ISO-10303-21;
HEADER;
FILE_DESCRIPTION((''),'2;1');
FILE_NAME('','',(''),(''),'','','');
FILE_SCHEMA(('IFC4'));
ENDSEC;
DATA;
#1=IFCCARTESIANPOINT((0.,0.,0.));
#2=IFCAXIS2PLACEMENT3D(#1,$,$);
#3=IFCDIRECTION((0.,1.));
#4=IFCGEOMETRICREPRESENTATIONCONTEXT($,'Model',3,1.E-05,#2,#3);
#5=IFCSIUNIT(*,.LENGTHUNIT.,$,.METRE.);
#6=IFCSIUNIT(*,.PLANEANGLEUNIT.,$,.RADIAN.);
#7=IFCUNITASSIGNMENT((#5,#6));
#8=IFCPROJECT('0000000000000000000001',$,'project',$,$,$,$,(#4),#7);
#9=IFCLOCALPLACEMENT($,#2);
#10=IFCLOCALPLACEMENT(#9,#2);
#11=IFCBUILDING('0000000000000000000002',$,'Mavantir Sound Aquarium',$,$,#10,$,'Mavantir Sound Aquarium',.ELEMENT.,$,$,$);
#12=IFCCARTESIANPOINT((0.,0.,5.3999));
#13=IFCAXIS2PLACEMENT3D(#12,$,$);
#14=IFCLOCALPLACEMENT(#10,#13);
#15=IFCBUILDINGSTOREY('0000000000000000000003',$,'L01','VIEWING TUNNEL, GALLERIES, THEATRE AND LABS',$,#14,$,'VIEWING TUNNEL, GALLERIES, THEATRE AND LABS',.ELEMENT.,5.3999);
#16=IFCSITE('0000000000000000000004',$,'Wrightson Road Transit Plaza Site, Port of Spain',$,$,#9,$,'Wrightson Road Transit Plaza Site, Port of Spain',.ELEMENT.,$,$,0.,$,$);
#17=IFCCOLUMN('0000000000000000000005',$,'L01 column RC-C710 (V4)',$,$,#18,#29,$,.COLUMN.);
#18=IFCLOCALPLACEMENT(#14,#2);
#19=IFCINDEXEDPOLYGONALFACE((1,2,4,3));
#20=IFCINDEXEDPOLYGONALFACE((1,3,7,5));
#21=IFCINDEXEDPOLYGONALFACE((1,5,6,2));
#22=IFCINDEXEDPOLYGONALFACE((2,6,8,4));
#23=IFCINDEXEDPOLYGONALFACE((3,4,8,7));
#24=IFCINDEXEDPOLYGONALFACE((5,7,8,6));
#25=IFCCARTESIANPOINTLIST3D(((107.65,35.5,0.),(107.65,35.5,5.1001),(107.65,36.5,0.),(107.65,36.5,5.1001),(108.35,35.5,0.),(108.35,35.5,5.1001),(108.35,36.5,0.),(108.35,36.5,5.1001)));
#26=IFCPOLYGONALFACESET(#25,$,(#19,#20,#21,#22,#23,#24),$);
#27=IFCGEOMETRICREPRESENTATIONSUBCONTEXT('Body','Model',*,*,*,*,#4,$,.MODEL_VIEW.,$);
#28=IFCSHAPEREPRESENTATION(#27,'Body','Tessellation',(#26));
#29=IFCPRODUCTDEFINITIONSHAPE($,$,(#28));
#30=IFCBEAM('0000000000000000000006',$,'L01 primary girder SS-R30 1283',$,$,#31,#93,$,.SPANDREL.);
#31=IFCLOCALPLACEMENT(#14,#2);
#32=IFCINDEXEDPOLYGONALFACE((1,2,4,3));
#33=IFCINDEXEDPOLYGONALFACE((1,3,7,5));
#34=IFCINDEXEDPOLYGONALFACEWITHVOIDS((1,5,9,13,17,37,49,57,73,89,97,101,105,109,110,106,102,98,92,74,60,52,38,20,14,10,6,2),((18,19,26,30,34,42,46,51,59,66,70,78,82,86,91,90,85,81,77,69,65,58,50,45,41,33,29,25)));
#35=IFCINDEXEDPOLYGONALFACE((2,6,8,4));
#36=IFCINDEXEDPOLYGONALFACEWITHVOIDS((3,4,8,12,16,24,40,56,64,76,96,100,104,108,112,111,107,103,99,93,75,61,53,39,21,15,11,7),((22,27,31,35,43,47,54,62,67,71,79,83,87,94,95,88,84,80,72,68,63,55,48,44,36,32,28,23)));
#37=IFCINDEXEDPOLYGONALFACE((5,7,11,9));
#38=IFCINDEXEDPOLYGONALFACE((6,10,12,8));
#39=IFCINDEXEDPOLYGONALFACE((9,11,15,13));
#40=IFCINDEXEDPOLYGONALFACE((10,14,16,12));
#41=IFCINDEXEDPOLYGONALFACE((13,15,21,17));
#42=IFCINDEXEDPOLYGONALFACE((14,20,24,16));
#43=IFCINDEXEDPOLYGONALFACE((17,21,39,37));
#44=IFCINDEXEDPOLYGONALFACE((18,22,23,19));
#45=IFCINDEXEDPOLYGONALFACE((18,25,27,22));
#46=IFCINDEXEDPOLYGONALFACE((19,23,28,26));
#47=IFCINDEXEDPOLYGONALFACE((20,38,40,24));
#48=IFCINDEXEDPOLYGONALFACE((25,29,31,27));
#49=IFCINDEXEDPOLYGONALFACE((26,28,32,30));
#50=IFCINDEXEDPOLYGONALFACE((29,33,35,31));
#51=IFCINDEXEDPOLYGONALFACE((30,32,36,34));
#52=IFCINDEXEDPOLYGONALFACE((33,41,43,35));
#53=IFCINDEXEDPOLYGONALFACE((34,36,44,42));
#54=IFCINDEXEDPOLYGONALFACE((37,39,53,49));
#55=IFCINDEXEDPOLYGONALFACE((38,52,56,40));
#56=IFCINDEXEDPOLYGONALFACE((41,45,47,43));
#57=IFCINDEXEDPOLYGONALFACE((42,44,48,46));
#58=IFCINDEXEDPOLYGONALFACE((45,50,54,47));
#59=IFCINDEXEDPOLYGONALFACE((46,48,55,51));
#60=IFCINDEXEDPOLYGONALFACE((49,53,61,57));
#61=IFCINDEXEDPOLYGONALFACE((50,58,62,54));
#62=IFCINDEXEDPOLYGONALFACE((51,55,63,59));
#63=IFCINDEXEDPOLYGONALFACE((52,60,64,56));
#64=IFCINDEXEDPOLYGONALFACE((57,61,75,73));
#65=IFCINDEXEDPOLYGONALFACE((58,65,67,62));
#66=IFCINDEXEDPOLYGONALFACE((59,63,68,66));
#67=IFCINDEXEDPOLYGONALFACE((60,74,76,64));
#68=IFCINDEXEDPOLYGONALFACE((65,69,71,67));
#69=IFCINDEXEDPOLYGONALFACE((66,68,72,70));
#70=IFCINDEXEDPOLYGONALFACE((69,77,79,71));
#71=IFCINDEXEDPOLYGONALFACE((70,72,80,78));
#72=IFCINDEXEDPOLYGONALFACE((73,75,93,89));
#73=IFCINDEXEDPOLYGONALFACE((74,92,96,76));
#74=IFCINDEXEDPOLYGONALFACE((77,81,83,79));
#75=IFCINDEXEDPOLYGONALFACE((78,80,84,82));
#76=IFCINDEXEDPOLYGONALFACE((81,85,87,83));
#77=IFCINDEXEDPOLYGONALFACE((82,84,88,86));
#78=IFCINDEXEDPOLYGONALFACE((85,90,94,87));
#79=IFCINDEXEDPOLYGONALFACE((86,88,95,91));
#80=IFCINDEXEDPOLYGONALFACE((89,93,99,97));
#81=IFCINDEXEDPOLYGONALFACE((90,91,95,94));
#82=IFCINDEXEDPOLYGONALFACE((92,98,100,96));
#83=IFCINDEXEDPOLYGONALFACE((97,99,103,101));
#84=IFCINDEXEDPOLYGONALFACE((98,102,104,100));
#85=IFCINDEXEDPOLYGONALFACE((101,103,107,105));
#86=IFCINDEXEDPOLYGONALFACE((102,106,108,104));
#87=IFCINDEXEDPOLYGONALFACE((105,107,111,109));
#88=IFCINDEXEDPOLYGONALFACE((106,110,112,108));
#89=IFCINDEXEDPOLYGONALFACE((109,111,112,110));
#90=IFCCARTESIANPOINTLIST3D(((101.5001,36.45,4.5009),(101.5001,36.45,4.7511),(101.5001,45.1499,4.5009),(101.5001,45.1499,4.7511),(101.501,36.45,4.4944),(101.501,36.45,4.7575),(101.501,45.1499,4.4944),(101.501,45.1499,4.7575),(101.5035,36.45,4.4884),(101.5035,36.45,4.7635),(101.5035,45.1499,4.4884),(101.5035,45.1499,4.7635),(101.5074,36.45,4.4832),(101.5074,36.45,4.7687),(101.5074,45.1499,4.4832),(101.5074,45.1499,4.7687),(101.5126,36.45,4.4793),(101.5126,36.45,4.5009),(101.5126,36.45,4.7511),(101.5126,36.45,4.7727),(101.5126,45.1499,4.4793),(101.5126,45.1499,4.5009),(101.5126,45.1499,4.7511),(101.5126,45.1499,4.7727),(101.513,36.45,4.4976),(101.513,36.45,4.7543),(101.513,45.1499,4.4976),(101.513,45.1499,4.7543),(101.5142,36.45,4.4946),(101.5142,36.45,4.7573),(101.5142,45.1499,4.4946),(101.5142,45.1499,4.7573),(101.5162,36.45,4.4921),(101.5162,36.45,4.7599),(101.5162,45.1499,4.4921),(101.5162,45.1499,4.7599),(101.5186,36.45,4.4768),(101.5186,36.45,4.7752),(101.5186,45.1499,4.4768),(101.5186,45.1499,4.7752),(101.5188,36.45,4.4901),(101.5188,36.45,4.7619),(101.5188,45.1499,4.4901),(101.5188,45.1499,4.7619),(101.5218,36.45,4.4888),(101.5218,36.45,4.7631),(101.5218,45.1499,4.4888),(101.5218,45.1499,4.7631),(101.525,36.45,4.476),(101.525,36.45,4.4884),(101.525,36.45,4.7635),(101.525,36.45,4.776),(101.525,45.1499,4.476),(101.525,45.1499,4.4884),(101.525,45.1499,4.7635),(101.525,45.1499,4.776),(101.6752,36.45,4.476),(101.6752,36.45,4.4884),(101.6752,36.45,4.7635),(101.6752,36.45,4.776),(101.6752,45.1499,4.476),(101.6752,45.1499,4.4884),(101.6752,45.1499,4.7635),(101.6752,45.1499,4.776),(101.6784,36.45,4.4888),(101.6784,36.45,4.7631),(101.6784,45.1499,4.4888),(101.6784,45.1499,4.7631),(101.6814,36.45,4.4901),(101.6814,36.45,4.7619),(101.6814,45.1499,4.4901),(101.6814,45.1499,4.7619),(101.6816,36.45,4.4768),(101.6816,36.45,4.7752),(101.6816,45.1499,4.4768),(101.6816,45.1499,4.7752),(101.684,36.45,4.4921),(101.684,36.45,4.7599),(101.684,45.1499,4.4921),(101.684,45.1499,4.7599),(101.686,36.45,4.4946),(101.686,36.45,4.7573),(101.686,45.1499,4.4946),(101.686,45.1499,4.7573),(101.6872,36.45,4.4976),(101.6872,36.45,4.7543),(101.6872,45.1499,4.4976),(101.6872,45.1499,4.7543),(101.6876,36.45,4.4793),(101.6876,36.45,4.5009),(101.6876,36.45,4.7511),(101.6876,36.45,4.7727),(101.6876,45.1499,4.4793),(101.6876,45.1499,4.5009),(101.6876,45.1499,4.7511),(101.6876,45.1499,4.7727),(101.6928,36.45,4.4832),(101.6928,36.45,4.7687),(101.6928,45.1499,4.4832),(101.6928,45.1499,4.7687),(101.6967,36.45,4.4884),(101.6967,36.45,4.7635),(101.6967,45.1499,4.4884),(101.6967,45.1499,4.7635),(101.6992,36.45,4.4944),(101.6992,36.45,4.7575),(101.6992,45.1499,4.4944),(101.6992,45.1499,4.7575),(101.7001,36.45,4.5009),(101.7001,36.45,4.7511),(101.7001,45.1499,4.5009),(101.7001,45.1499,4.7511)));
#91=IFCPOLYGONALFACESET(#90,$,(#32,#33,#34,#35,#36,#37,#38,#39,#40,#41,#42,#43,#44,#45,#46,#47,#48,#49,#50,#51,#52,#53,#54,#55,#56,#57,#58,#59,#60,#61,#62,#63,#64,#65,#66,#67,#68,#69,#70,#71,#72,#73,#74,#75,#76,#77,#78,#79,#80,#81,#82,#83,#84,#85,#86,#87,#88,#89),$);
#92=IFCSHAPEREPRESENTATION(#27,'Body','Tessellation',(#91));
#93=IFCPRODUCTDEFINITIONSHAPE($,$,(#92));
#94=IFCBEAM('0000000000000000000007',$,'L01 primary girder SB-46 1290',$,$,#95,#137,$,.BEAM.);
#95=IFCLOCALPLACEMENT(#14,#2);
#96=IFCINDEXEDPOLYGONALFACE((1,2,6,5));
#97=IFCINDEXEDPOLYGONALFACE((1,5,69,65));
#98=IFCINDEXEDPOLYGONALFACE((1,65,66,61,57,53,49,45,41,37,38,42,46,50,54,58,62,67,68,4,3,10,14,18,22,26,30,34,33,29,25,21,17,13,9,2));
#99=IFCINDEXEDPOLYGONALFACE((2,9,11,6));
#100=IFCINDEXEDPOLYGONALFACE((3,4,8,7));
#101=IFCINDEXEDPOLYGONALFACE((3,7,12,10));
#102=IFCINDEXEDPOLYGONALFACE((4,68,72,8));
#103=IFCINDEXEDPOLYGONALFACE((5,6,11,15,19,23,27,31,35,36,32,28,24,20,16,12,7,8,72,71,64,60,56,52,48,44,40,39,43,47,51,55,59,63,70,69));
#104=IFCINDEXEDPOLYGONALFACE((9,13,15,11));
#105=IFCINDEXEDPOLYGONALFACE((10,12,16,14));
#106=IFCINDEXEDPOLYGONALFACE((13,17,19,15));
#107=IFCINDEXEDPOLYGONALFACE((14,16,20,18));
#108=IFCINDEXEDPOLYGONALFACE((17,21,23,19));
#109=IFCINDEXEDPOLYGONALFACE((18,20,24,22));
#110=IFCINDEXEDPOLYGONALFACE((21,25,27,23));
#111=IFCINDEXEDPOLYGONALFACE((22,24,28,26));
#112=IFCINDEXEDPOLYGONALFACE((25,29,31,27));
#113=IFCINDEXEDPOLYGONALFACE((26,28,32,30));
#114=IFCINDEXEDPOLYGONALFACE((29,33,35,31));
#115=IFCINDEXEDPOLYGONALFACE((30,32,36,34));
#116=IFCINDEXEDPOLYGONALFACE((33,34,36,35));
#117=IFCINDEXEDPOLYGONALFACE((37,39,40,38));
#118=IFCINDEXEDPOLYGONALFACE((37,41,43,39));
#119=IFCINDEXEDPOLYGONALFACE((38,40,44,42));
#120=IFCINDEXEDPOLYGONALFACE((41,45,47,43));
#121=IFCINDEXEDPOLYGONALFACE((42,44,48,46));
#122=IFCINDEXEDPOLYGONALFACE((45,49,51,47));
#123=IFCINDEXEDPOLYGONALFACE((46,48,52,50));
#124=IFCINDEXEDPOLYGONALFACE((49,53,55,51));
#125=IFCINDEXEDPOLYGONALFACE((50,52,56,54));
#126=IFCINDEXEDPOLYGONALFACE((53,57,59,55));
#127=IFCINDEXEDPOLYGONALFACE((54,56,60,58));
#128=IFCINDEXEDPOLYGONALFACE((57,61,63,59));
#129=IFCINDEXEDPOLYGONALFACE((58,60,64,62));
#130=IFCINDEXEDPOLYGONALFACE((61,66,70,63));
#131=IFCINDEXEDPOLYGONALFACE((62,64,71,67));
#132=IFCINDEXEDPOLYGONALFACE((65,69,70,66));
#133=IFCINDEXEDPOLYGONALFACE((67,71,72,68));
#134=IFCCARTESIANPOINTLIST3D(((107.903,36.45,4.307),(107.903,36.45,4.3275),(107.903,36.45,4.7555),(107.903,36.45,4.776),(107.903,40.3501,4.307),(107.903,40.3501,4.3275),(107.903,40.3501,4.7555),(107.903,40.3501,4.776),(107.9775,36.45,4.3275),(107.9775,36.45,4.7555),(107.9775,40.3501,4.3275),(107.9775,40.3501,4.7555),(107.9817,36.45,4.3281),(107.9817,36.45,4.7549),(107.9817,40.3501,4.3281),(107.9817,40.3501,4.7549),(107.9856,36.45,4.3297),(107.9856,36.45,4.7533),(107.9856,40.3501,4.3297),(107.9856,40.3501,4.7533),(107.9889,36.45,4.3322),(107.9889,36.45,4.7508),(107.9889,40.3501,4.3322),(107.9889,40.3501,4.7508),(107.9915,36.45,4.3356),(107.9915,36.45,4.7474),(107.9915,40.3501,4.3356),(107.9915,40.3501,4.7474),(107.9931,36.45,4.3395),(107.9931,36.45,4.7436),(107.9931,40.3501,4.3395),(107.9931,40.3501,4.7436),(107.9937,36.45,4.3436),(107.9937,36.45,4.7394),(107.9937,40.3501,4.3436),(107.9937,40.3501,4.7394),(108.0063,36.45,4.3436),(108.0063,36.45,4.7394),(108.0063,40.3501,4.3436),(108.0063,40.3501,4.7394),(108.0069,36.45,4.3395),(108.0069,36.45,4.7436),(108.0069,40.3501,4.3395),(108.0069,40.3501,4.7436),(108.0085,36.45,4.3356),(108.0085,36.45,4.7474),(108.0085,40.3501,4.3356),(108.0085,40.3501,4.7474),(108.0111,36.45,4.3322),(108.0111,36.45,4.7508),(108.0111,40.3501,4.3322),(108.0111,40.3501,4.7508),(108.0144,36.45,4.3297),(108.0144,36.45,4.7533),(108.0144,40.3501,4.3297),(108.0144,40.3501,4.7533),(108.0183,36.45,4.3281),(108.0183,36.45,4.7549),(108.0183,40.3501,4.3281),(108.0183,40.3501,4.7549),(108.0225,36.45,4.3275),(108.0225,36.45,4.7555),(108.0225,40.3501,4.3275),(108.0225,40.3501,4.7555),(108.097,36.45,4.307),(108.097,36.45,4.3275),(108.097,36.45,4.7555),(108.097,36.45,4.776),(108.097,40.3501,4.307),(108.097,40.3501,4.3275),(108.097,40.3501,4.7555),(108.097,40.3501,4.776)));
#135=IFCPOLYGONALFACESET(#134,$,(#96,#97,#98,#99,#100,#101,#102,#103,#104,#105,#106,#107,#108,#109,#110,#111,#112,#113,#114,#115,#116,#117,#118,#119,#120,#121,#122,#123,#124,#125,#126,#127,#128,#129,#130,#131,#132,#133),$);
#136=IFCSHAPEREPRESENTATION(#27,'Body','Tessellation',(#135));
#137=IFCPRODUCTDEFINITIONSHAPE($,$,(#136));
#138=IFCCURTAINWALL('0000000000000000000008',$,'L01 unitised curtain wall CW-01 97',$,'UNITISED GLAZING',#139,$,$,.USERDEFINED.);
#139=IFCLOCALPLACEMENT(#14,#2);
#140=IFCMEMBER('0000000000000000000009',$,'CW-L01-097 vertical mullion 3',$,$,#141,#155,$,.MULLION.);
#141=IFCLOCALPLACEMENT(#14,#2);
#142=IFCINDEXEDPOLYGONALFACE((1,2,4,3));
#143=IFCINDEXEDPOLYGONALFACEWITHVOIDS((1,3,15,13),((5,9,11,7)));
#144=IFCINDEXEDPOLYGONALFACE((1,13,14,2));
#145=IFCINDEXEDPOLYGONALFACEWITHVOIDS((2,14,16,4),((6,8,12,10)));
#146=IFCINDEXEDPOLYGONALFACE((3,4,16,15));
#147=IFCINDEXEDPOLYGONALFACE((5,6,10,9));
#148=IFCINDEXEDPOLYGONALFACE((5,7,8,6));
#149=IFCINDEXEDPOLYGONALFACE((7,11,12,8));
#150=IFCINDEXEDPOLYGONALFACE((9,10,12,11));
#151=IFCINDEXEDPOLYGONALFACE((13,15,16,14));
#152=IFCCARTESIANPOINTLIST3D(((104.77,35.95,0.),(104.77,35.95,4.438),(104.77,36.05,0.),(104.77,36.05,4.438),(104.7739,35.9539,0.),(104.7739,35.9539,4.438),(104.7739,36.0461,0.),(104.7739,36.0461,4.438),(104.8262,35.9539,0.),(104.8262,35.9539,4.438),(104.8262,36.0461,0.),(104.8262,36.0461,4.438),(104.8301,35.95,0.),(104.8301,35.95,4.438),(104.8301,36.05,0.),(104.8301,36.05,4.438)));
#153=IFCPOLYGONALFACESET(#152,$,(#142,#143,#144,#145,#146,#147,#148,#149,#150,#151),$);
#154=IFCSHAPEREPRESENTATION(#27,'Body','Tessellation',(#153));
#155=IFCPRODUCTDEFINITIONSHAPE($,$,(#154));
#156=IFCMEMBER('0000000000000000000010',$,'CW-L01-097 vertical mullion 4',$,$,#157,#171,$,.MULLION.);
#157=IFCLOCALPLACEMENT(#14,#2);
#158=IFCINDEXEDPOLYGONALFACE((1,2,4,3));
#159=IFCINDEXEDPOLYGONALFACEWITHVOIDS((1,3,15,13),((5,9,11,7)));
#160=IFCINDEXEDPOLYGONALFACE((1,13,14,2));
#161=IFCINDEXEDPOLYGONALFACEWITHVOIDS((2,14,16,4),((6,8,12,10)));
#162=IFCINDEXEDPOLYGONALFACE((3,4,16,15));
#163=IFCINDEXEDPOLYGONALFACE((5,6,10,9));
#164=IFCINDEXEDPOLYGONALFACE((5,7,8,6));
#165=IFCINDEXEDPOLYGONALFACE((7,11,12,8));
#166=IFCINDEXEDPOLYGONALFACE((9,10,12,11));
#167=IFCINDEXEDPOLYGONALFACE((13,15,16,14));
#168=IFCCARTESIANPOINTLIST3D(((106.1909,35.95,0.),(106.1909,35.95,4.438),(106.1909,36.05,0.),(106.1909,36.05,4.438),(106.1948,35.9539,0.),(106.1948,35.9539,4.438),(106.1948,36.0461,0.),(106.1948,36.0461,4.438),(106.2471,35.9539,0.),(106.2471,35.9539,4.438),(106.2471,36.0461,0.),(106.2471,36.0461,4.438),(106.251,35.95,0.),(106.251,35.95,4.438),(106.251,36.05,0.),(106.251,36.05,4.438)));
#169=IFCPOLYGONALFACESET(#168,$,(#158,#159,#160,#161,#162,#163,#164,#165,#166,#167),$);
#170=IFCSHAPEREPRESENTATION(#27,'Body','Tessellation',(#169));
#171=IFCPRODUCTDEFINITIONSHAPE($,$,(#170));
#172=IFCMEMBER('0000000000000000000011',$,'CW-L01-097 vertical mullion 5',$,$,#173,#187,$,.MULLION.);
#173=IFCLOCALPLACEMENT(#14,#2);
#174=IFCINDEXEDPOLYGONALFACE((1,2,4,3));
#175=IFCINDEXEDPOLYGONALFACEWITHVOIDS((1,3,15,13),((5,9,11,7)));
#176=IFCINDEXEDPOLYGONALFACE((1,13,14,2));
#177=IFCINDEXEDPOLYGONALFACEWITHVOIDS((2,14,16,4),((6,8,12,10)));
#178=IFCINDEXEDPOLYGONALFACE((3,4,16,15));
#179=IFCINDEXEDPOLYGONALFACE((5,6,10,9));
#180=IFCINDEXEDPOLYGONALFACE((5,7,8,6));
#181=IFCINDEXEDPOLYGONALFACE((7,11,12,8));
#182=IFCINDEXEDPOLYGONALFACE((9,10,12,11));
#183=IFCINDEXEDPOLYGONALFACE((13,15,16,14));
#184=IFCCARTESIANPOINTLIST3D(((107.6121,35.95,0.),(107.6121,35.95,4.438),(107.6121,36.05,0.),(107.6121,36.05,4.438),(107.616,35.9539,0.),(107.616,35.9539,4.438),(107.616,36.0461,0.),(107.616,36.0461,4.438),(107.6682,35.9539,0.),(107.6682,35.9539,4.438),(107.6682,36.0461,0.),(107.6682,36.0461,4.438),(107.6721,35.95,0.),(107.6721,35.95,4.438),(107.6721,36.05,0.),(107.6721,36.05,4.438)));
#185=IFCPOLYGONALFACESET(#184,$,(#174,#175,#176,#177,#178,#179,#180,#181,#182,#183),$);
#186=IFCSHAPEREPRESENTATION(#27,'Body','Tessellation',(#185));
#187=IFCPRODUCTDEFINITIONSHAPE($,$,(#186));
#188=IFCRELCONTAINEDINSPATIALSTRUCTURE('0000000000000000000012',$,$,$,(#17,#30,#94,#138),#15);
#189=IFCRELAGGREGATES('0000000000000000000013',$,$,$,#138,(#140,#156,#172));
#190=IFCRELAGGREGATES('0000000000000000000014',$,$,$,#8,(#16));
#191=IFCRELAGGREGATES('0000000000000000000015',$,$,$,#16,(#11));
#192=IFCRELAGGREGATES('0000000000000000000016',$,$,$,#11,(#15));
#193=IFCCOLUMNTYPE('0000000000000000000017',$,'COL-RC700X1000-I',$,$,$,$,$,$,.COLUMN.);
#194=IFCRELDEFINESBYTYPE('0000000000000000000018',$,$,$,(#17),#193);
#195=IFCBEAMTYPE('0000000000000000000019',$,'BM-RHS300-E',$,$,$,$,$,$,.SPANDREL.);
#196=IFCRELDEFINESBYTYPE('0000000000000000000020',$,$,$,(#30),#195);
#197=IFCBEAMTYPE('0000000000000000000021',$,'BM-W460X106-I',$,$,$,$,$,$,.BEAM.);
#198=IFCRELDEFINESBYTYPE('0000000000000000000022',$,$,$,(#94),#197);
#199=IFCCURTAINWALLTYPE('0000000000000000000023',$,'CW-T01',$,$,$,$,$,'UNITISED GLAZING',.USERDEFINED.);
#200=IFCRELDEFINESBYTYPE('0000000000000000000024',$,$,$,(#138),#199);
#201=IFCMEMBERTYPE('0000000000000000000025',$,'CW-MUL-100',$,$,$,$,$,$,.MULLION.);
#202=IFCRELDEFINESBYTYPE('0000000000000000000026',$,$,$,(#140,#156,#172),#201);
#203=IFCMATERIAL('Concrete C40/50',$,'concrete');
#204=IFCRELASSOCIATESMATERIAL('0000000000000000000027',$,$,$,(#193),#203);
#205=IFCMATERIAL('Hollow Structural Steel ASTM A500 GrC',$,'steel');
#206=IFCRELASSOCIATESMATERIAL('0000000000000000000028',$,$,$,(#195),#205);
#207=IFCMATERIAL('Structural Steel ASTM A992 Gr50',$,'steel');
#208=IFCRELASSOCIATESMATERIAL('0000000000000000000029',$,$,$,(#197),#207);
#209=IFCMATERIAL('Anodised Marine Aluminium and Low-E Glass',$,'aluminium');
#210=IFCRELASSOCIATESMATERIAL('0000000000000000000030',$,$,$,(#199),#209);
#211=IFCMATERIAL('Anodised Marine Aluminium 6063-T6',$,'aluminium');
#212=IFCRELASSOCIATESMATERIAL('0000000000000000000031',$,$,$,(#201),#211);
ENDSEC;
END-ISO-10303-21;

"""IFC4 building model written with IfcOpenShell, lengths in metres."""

from ifc_helpers import new_model, si_unit, direction, frame, origin, origin_2d, place, context, subcontext, project, spatial, rectangle, hollow_rectangle, i_section, extrude, material, material_profile, profile_set, type_object, element, aggregate, save


model = new_model("IFC4")

# Units and contexts
model_context = context("Model", 3, precision=1e-05, world=origin(), true_north=direction((0.0, 1.0)))
body_context = subcontext(model_context, "Body", "Model", "MODEL_VIEW")
ifc_project = project(units=[si_unit("LENGTHUNIT", "METRE"), si_unit("PLANEANGLEUNIT", "RADIAN")], contexts=[model_context])

# Site, building, storey
site_placement = place(None, origin())
site = spatial("IfcSite", under=ifc_project, at=site_placement, Name="Wrightson Road Transit Plaza Site, Port of Spain", LongName="Wrightson Road Transit Plaza Site, Port of Spain", CompositionType="ELEMENT", RefElevation=0.0)
building_placement = place(site_placement, origin())
building = spatial("IfcBuilding", under=site, at=building_placement, Name="Mavantir Sound Aquarium", LongName="Mavantir Sound Aquarium", CompositionType="ELEMENT")
storey_placement = place(building_placement, frame((0.0, 0.0, 5.3999)))
storey = spatial("IfcBuildingStorey", under=building, at=storey_placement, Name="L01", Description="VIEWING TUNNEL, GALLERIES, THEATRE AND LABS", LongName="VIEWING TUNNEL, GALLERIES, THEATRE AND LABS", CompositionType="ELEMENT", Elevation=5.3999)

# Column
ifc_material_1 = material(Name="Concrete C40/50", Category="concrete")
ifc_material_profile_1 = material_profile(ifc_material_1, rectangle(XDim=0.7, YDim=1.0, at=origin_2d()), Name="RC 700X1000")
ifc_profile_set_1 = profile_set([ifc_material_profile_1], Name="Concrete C40/50")
column_type = type_object("IfcColumnType", Name="COL-RC700X1000-I", PredefinedType="COLUMN", material=ifc_profile_set_1)
column_placement = place(storey_placement, frame((108.0, 36.0, 0.0), z_axis=(0.0, 0.0, 1.0), x_axis=(1.0, 0.0, 0.0)))
element("IfcColumn", 1, at=column_placement, inside=storey, type_object=column_type, Name="L01 column RC-C710 (V4)", PredefinedType="COLUMN", context=body_context, shape_type="SweptSolid", body=[
    extrude(rectangle(XDim=0.7, YDim=1.0, at=origin_2d()), origin(), (0.0, 0.0, 1.0), 5.1001),
])

# Beams
ifc_material_2 = material(Name="Hollow Structural Steel ASTM A500 GrC", Category="steel")
ifc_material_profile_2 = material_profile(ifc_material_2, hollow_rectangle(XDim=0.2, YDim=0.3, WallThickness=0.0125, InnerFilletRadius=0.0125, OuterFilletRadius=0.0249, at=origin_2d()), Name="RHS 300X200X12.5")
ifc_profile_set_2 = profile_set([ifc_material_profile_2], Name="Hollow Structural Steel ASTM A500 GrC")
beam_type_1 = type_object("IfcBeamType", Name="BM-RHS300-E", PredefinedType="SPANDREL", material=ifc_profile_set_2)
beam_1_placement = place(storey_placement, frame((101.6001, 36.45, 4.626), z_axis=(0.0, 1.0, 0.0), x_axis=(-1.0, 0.0, 0.0)))
element("IfcBeam", 2, at=beam_1_placement, inside=storey, type_object=beam_type_1, Name="L01 primary girder SS-R30 1283", PredefinedType="SPANDREL", context=body_context, shape_type="SweptSolid", body=[
    extrude(hollow_rectangle(XDim=0.2, YDim=0.3, WallThickness=0.0125, InnerFilletRadius=0.0125, OuterFilletRadius=0.0249, at=origin_2d()), origin(), (0.0, 0.0, 1.0), 8.7),
])
ifc_material_3 = material(Name="Structural Steel ASTM A992 Gr50", Category="steel")
ifc_material_profile_3 = material_profile(ifc_material_3, i_section(OverallWidth=0.1941, OverallDepth=0.469, WebThickness=0.0127, FlangeThickness=0.0205, FilletRadius=0.0161, at=origin_2d()), Name="W460X106")
ifc_profile_set_3 = profile_set([ifc_material_profile_3], Name="Structural Steel ASTM A992 Gr50")
beam_type_2 = type_object("IfcBeamType", Name="BM-W460X106-I", PredefinedType="BEAM", material=ifc_profile_set_3)
beam_2_placement = place(storey_placement, frame((108.0, 36.45, 4.5415), z_axis=(0.0, 1.0, 0.0), x_axis=(-1.0, 0.0, 0.0)))
element("IfcBeam", 3, at=beam_2_placement, inside=storey, type_object=beam_type_2, Name="L01 primary girder SB-46 1290", PredefinedType="BEAM", context=body_context, shape_type="SweptSolid", body=[
    extrude(i_section(OverallWidth=0.1941, OverallDepth=0.469, WebThickness=0.0127, FlangeThickness=0.0205, FilletRadius=0.0161, at=origin_2d()), origin(), (0.0, 0.0, 1.0), 3.9001),
])

# Curtain wall, members
ifc_material_4 = material(Name="Anodised Marine Aluminium and Low-E Glass", Category="aluminium")
curtain_wall_type_1 = type_object("IfcCurtainWallType", Name="CW-T01", ElementType="UNITISED GLAZING", PredefinedType="USERDEFINED", material=ifc_material_4)
curtain_wall_1_placement = place(storey_placement, origin())
curtain_wall_1 = element("IfcCurtainWall", 4, at=curtain_wall_1_placement, inside=storey, type_object=curtain_wall_type_1, Name="L01 unitised curtain wall CW-01 97", ObjectType="UNITISED GLAZING", PredefinedType="USERDEFINED")
ifc_material_5 = material(Name="Anodised Marine Aluminium 6063-T6", Category="aluminium")
ifc_material_profile_4 = material_profile(ifc_material_5, hollow_rectangle(XDim=0.0601, YDim=0.1001, WallThickness=0.0039, at=origin_2d()), Name="ALU-MULLION-100X60")
ifc_profile_set_4 = profile_set([ifc_material_profile_4], Name="Anodised Marine Aluminium 6063-T6")
member_type_1 = type_object("IfcMemberType", Name="CW-MUL-100", PredefinedType="MULLION", material=ifc_profile_set_4)
member_1_placement = place(storey_placement, frame((104.8, 36.0, 0.0), z_axis=(0.0, 0.0, 1.0), x_axis=(1.0, 0.0, 0.0)))
member_1 = element("IfcMember", 5, at=member_1_placement, type_object=member_type_1, Name="CW-L01-097 vertical mullion 3", PredefinedType="MULLION", context=body_context, shape_type="SweptSolid", body=[
    extrude(hollow_rectangle(XDim=0.0601, YDim=0.1001, WallThickness=0.0039, at=origin_2d()), origin(), (0.0, 0.0, 1.0), 4.438),
])
member_2_placement = place(storey_placement, frame((106.2209, 36.0, 0.0), z_axis=(0.0, 0.0, 1.0), x_axis=(1.0, 0.0, 0.0)))
member_2 = element("IfcMember", 6, at=member_2_placement, type_object=member_type_1, Name="CW-L01-097 vertical mullion 4", PredefinedType="MULLION", context=body_context, shape_type="SweptSolid", body=[
    extrude(hollow_rectangle(XDim=0.0601, YDim=0.1001, WallThickness=0.0039, at=origin_2d()), origin(), (0.0, 0.0, 1.0), 4.438),
])
member_3_placement = place(storey_placement, frame((107.6421, 36.0, 0.0), z_axis=(0.0, 0.0, 1.0), x_axis=(1.0, 0.0, 0.0)))
member_3 = element("IfcMember", 7, at=member_3_placement, type_object=member_type_1, Name="CW-L01-097 vertical mullion 5", PredefinedType="MULLION", context=body_context, shape_type="SweptSolid", body=[
    extrude(hollow_rectangle(XDim=0.0601, YDim=0.1001, WallThickness=0.0039, at=origin_2d()), origin(), (0.0, 0.0, 1.0), 4.438),
])

aggregate(curtain_wall_1, [member_1, member_2, member_3])

save(model, "model.ifc")
